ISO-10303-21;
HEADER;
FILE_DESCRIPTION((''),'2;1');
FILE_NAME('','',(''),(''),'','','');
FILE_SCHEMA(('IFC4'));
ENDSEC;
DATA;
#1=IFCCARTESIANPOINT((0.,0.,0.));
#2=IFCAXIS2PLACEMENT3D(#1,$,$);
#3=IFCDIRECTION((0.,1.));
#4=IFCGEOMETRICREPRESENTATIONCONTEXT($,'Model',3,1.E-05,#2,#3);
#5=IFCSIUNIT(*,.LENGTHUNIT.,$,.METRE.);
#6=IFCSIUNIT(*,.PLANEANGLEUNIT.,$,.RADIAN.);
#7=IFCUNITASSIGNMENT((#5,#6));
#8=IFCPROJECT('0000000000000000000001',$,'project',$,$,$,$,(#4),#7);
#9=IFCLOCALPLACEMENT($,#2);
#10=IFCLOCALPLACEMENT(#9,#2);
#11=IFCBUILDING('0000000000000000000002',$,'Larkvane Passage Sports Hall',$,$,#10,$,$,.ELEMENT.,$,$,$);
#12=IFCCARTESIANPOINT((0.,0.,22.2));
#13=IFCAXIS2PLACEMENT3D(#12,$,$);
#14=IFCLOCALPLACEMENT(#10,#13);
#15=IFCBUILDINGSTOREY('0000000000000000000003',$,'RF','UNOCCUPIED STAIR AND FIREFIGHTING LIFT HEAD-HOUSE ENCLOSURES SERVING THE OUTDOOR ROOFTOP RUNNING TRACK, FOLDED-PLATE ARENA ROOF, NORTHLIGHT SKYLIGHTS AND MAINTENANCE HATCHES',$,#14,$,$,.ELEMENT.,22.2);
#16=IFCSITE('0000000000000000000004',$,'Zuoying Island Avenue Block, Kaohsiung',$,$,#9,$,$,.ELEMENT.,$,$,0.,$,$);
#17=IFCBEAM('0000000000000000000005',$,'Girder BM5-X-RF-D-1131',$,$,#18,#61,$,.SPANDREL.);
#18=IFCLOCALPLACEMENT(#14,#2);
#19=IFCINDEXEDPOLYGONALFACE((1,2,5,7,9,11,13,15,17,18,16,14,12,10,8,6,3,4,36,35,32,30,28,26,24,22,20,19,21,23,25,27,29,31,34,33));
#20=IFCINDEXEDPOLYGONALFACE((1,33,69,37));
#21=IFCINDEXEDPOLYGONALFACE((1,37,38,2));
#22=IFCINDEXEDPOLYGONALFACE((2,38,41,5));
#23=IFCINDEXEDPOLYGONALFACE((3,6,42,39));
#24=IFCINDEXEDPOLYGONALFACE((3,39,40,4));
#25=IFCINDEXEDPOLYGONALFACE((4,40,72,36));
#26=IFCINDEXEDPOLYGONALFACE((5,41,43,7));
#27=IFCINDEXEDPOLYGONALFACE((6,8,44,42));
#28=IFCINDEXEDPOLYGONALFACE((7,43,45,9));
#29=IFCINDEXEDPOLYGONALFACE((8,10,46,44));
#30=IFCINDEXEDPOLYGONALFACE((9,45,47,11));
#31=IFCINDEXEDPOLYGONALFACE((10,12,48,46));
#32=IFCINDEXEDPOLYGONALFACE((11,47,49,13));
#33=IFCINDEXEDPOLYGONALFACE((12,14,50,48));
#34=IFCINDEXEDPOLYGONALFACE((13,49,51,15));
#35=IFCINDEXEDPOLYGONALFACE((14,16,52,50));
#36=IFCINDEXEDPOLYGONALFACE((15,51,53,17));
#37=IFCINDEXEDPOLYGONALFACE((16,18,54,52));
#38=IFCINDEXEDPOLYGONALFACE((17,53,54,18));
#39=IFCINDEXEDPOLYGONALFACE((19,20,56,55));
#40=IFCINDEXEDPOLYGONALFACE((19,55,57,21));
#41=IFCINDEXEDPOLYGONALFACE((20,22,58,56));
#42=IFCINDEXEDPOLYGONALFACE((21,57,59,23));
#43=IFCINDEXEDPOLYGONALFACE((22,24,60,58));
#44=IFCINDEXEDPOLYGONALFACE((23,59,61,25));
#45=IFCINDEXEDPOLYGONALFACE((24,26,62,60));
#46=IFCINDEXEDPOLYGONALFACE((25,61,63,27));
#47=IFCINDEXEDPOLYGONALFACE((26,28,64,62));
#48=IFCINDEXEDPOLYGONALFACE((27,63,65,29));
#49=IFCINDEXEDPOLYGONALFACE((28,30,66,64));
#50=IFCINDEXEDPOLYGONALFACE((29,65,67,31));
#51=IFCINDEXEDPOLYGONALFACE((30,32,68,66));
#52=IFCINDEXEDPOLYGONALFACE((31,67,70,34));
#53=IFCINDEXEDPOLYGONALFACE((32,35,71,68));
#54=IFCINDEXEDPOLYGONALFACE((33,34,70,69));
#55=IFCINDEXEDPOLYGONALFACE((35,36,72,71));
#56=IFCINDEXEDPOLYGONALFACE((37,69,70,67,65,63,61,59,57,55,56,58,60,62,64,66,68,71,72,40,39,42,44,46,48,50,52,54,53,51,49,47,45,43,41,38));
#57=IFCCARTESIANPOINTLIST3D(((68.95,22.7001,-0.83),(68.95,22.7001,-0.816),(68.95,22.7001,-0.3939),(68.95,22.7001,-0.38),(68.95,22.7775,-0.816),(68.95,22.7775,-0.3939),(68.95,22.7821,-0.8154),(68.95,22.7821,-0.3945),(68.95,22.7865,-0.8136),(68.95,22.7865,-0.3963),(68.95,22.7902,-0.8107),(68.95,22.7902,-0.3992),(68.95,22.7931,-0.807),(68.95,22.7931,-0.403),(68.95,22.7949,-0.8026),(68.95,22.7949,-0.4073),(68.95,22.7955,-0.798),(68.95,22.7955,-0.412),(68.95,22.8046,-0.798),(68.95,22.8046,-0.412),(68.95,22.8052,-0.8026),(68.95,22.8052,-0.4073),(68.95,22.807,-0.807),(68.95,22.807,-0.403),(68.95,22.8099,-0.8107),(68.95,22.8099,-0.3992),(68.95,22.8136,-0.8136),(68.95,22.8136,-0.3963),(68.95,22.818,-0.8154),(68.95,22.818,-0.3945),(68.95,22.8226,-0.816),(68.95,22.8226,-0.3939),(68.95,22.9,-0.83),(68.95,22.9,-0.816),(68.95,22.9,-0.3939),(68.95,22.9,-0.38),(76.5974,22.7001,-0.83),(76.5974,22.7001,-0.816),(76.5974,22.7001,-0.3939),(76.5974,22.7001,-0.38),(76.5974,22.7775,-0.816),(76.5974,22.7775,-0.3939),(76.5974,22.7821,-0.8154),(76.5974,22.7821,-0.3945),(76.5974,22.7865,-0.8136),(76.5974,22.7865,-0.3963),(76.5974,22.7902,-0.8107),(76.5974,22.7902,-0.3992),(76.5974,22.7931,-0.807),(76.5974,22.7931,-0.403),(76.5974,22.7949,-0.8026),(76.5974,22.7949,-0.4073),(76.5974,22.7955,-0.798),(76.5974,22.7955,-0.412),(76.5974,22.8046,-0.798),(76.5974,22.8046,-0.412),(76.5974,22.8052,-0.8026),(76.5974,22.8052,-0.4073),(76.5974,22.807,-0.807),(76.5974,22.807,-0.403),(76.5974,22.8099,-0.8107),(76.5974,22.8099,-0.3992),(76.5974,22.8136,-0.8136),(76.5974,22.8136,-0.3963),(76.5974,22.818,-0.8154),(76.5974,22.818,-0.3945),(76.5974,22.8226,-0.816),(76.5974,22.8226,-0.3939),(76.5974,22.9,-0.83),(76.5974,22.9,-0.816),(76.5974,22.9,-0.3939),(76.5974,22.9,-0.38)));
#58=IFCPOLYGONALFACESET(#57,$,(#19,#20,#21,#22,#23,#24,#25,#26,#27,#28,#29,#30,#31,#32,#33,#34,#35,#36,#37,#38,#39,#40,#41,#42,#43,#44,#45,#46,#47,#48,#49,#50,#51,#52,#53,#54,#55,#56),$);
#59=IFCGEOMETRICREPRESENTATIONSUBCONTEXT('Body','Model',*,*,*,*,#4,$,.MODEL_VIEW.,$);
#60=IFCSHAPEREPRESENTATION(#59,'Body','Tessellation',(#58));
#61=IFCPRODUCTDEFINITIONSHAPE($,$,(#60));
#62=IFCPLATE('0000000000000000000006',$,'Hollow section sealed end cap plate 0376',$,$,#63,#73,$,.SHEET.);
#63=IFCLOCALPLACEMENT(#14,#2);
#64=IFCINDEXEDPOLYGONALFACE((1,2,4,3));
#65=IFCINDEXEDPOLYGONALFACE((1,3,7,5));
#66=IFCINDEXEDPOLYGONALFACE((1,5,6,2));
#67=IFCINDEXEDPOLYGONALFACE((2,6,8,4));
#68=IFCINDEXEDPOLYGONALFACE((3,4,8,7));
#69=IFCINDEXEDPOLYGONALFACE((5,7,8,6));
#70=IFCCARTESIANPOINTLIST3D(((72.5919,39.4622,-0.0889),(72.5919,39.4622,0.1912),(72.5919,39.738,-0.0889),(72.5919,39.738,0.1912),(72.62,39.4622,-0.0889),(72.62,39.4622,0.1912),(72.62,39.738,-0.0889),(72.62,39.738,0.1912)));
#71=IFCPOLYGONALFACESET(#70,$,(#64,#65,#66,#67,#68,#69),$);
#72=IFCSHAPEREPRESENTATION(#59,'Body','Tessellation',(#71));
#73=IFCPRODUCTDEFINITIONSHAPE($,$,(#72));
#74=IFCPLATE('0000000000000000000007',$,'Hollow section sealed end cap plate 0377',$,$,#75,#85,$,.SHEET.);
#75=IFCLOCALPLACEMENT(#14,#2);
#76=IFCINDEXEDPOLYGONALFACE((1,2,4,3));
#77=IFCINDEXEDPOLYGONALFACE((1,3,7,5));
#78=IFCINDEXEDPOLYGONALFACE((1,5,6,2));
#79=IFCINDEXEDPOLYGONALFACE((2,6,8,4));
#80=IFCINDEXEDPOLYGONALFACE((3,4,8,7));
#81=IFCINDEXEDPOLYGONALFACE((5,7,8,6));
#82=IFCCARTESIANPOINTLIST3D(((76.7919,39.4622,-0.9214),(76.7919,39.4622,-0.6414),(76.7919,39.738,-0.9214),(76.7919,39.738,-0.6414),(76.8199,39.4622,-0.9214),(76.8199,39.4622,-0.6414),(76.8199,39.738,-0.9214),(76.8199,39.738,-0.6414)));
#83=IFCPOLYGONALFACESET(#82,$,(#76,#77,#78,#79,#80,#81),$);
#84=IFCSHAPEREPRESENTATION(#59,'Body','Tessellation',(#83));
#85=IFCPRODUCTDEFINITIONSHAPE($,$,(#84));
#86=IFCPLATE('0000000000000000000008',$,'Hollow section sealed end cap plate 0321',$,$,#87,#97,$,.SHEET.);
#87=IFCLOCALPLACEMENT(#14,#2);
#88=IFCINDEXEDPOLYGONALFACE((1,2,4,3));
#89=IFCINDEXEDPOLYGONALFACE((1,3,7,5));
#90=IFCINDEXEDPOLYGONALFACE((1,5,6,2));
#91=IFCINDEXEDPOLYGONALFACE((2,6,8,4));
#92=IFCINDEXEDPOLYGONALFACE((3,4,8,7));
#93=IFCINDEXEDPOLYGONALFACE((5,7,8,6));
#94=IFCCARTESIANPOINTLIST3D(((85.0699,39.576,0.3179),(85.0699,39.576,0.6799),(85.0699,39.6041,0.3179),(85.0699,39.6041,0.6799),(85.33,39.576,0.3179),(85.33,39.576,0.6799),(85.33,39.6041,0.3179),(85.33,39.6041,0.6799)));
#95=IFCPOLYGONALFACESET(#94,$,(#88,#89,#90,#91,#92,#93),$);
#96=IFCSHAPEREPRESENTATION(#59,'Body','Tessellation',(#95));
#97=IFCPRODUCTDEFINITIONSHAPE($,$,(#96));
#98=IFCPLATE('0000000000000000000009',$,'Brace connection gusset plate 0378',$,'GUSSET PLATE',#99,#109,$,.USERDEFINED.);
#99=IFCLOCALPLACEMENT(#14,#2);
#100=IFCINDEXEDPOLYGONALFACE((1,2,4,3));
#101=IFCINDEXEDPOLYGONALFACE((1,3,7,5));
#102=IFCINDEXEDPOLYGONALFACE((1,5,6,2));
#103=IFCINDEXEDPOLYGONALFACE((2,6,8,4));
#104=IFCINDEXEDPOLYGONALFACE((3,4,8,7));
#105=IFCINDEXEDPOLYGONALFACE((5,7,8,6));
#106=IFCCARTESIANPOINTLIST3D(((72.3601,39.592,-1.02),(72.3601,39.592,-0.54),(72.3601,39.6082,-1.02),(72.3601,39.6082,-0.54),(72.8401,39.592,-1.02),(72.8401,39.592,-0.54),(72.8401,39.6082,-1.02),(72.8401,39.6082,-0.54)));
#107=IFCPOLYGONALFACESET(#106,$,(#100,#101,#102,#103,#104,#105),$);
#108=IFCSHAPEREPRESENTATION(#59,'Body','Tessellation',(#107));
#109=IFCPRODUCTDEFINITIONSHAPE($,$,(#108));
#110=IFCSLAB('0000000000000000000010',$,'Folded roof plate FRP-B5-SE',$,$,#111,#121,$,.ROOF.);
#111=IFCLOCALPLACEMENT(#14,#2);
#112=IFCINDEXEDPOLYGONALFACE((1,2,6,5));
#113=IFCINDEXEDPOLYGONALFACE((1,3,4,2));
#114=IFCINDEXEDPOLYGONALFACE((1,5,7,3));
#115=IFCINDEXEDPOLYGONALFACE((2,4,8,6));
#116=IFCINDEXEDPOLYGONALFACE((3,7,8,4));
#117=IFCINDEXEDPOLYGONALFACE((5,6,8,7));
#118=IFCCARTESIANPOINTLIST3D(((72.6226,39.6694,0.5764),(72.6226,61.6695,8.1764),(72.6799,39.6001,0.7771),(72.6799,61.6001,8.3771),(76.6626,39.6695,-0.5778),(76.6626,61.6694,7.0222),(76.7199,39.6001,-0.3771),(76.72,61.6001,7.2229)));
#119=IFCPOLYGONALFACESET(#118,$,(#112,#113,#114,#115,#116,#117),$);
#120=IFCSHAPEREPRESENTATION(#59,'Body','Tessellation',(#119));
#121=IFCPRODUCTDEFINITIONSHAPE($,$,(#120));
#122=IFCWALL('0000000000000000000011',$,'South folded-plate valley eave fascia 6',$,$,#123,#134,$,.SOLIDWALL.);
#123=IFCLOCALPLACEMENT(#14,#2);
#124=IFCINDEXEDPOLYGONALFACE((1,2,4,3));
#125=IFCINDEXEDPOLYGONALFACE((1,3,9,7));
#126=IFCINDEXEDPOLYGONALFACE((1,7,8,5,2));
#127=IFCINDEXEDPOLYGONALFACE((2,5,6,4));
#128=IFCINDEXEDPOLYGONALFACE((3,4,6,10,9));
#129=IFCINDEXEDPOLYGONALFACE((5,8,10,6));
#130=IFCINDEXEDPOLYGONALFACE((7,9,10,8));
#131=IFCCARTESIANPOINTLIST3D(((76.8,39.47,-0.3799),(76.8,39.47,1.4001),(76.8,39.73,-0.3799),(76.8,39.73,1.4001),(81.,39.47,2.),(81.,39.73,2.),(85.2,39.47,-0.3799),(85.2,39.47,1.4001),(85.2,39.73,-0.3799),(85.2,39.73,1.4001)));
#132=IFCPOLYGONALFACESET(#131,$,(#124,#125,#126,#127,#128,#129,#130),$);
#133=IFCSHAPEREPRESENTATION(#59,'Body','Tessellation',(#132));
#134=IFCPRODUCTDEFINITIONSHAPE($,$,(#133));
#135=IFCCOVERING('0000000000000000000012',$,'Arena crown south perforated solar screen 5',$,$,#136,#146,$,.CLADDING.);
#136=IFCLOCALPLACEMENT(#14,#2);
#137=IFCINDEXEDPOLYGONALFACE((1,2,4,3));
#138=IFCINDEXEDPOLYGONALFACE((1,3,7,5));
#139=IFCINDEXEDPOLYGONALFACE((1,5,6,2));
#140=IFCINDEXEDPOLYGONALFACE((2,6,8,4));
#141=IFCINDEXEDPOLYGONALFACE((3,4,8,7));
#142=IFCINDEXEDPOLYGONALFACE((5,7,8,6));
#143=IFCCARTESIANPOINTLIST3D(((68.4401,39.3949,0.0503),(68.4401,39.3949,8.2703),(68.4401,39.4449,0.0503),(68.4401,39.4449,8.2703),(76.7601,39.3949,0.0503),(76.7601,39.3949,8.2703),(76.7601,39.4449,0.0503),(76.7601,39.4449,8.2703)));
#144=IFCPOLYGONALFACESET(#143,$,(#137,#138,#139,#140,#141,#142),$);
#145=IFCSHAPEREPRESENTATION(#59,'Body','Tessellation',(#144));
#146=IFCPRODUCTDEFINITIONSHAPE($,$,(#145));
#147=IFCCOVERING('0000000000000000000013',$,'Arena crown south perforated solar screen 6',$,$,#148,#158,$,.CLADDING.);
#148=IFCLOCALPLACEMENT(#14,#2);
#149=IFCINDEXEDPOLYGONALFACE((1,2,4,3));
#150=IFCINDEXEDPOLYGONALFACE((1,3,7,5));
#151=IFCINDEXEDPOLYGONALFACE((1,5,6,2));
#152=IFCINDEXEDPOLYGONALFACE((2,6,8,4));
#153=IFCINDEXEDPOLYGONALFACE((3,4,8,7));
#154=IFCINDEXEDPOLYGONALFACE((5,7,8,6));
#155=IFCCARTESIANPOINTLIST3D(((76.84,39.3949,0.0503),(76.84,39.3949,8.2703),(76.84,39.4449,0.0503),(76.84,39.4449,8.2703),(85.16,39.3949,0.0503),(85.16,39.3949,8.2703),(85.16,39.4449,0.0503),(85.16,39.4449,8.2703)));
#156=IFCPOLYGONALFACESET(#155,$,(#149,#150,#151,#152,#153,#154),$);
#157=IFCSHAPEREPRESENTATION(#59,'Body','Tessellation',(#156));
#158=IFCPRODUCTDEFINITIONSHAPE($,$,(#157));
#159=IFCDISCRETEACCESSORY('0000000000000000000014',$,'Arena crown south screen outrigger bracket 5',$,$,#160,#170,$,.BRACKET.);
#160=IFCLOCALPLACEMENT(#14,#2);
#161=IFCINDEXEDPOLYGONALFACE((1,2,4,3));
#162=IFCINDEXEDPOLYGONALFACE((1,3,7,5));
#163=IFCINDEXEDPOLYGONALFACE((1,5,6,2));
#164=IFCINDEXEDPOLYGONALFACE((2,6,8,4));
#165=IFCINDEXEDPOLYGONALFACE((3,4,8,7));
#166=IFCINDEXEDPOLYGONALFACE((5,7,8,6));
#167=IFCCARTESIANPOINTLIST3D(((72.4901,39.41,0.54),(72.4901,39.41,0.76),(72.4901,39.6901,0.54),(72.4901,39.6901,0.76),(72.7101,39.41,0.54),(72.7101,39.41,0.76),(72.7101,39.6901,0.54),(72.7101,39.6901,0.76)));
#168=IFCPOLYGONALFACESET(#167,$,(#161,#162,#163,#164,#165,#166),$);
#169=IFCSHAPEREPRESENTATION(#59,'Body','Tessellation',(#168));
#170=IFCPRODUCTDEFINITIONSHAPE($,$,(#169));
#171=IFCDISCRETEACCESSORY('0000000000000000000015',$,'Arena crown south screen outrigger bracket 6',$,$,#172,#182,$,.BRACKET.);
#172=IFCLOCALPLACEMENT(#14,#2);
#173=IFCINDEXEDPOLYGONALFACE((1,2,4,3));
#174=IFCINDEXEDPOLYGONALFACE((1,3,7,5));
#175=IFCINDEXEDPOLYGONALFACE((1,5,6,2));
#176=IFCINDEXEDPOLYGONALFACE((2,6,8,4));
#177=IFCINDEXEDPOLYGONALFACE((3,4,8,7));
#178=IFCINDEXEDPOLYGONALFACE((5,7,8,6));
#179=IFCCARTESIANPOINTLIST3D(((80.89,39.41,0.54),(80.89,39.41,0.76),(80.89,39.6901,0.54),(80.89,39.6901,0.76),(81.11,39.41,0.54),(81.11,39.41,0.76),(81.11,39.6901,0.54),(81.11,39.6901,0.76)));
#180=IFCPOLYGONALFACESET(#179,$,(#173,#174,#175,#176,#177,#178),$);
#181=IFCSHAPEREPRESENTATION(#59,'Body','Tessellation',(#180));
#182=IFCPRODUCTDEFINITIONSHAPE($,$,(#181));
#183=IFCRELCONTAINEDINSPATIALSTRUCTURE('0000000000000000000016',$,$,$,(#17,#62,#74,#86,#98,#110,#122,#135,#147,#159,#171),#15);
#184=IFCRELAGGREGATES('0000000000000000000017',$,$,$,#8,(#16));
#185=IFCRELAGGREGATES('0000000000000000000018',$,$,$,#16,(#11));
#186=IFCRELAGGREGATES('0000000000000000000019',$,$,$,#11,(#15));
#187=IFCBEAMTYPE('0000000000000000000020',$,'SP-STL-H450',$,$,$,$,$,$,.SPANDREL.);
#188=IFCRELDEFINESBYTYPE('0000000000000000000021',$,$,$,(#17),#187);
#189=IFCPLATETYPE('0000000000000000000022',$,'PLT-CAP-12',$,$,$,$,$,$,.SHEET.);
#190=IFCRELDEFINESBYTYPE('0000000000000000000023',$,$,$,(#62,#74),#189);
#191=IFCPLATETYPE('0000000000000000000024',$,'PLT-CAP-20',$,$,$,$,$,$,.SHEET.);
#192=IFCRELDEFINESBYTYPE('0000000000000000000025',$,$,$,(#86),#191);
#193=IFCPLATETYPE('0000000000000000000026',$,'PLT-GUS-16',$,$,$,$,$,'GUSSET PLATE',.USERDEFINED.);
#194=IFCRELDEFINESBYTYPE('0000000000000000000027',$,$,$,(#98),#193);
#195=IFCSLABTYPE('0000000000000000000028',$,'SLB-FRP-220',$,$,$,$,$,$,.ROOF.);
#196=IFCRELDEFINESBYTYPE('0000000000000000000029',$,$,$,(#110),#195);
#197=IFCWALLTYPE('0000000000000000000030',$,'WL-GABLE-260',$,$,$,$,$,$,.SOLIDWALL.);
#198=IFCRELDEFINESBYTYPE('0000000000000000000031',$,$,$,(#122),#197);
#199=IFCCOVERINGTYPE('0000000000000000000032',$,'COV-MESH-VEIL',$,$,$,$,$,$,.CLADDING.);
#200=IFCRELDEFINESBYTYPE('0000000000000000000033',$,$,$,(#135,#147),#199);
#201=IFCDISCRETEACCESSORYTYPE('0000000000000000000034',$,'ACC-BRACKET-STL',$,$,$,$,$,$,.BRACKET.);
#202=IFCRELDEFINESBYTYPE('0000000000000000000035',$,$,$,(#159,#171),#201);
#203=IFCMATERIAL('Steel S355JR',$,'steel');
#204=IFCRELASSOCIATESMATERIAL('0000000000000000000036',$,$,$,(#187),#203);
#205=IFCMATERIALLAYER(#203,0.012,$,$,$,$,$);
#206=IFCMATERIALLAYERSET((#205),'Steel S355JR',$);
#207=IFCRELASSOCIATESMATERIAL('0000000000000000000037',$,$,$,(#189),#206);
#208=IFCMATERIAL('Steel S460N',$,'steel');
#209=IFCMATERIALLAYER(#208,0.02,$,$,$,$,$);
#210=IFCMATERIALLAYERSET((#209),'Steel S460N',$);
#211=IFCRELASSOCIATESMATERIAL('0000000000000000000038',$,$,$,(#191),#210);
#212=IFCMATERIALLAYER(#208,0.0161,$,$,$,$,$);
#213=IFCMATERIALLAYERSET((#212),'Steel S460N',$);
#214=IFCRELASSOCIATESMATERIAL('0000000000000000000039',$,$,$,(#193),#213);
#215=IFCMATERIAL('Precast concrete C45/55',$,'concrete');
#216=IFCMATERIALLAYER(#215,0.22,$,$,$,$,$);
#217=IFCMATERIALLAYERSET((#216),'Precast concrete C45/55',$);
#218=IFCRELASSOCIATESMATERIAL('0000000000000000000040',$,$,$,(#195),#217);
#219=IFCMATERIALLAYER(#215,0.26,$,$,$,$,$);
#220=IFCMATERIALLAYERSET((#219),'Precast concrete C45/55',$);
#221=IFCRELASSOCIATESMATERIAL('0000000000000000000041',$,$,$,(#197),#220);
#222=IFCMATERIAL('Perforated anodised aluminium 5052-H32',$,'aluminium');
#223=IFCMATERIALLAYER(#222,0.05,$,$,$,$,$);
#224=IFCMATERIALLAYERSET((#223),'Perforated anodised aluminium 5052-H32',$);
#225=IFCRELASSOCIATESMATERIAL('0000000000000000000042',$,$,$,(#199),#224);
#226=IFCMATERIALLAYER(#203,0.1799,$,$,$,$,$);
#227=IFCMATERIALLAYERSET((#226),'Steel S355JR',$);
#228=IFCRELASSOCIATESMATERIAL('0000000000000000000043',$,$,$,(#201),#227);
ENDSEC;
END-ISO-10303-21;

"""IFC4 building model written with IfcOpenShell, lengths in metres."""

from ifc_helpers import new_model, si_unit, direction, frame, origin, origin_2d, place, context, subcontext, project, spatial, polyline, rectangle, i_section, outline, extrude, material, layer, layer_set, material_profile, profile_set, type_object, element, save


model = new_model("IFC4")

# Units and contexts
model_context = context("Model", 3, precision=1e-05, world=origin(), true_north=direction((0.0, 1.0)))
body_context = subcontext(model_context, "Body", "Model", "MODEL_VIEW")
ifc_project = project(units=[si_unit("LENGTHUNIT", "METRE"), si_unit("PLANEANGLEUNIT", "RADIAN")], contexts=[model_context])

# Site, building, storey
site_placement = place(None, origin())
site = spatial("IfcSite", under=ifc_project, at=site_placement, Name="Zuoying Island Avenue Block, Kaohsiung", CompositionType="ELEMENT", RefElevation=0.0)
building_placement = place(site_placement, origin())
building = spatial("IfcBuilding", under=site, at=building_placement, Name="Larkvane Passage Sports Hall", CompositionType="ELEMENT")
storey_placement = place(building_placement, frame((0.0, 0.0, 22.2)))
storey = spatial("IfcBuildingStorey", under=building, at=storey_placement, Name="RF", Description="UNOCCUPIED STAIR AND FIREFIGHTING LIFT HEAD-HOUSE ENCLOSURES SERVING THE OUTDOOR ROOFTOP RUNNING TRACK, FOLDED-PLATE ARENA ROOF, NORTHLIGHT SKYLIGHTS AND MAINTENANCE HATCHES", CompositionType="ELEMENT", Elevation=22.2)

# Shared definitions
ifc_material_1 = material(Name="Steel S460N", Category="steel")
ifc_material_2 = material(Name="Steel S355JR", Category="steel")

# Beam
ifc_material_profile_1 = material_profile(ifc_material_2, i_section(OverallWidth=0.2, OverallDepth=0.45, WebThickness=0.009, FlangeThickness=0.0139, FilletRadius=0.0181, at=origin_2d()), Name="H-450x200x9x14")
ifc_profile_set_1 = profile_set([ifc_material_profile_1], Name="Steel S355JR")
beam_type_1 = type_object("IfcBeamType", Name="SP-STL-H450", PredefinedType="SPANDREL", material=ifc_profile_set_1)
beam_1_placement = place(storey_placement, frame((68.95, 22.8, -0.605), z_axis=(1.0, 0.0, 0.0), x_axis=(0.0, 1.0, 0.0)))
element("IfcBeam", 1, at=beam_1_placement, inside=storey, type_object=beam_type_1, Name="Girder BM5-X-RF-D-1131", PredefinedType="SPANDREL", context=body_context, shape_type="SweptSolid", body=[
    extrude(i_section(OverallWidth=0.2, OverallDepth=0.45, WebThickness=0.009, FlangeThickness=0.0139, FilletRadius=0.0181, at=origin_2d()), origin(), (0.0, 0.0, 1.0), 7.6475),
])

# Plates
ifc_layer_1 = layer(ifc_material_2, 0.012)
ifc_layer_set_1 = layer_set([ifc_layer_1], Name="Steel S355JR")
plate_type_1 = type_object("IfcPlateType", Name="PLT-CAP-12", PredefinedType="SHEET", material=ifc_layer_set_1)
for number, where, z_axis, x_axis, name in (
    (2, (72.606, 39.6001, -0.0889), (0.0, 0.0, 1.0), (0.0, 1.0, 0.0), "Hollow section sealed end cap plate 0376"),
    (3, (76.8059, 39.6001, -0.9214), (0.0, 0.0, 1.0), (0.0, 1.0, 0.0), "Hollow section sealed end cap plate 0377"),
):
    element("IfcPlate", number, at=place(storey_placement, frame(where, z_axis=z_axis, x_axis=x_axis)), inside=storey, type_object=plate_type_1, Name=name, PredefinedType="SHEET", context=body_context, shape_type="SweptSolid", body=[
        extrude(rectangle(XDim=0.2759, YDim=0.0281, at=origin_2d()), origin(), (0.0, 0.0, 1.0), 0.28),
    ])
ifc_layer_2 = layer(ifc_material_1, 0.02)
ifc_layer_set_2 = layer_set([ifc_layer_2], Name="Steel S460N")
plate_type_2 = type_object("IfcPlateType", Name="PLT-CAP-20", PredefinedType="SHEET", material=ifc_layer_set_2)
plate_1_placement = place(storey_placement, frame((85.2, 39.5901, 0.3179), z_axis=(0.0, 0.0, 1.0), x_axis=(-1.0, 0.0, 0.0)))
element("IfcPlate", 4, at=plate_1_placement, inside=storey, type_object=plate_type_2, Name="Hollow section sealed end cap plate 0321", PredefinedType="SHEET", context=body_context, shape_type="SweptSolid", body=[
    extrude(rectangle(XDim=0.26, YDim=0.0281, at=origin_2d()), origin(), (0.0, 0.0, 1.0), 0.3621),
])
ifc_layer_3 = layer(ifc_material_1, 0.0161)
ifc_layer_set_3 = layer_set([ifc_layer_3], Name="Steel S460N")
plate_type_3 = type_object("IfcPlateType", Name="PLT-GUS-16", ElementType="GUSSET PLATE", PredefinedType="USERDEFINED", material=ifc_layer_set_3)
plate_2_placement = place(storey_placement, frame((72.6001, 39.6001, -1.02), z_axis=(0.0, 0.0, 1.0), x_axis=(1.0, 0.0, 0.0)))
element("IfcPlate", 5, at=plate_2_placement, inside=storey, type_object=plate_type_3, Name="Brace connection gusset plate 0378", ObjectType="GUSSET PLATE", PredefinedType="USERDEFINED", context=body_context, shape_type="SweptSolid", body=[
    extrude(rectangle(XDim=0.48, YDim=0.0161, at=origin_2d()), origin(), (0.0, 0.0, 1.0), 0.48),
])

# Slab
ifc_material_3 = material(Name="Precast concrete C45/55", Category="concrete")
ifc_layer_4 = layer(ifc_material_3, 0.22)
ifc_layer_set_4 = layer_set([ifc_layer_4], Name="Precast concrete C45/55")
slab_type = type_object("IfcSlabType", Name="SLB-FRP-220", PredefinedType="ROOF", material=ifc_layer_set_4)
slab_placement = place(storey_placement, frame((72.6799, 39.6001, 0.7771), z_axis=(0.260689, -0.315229, 0.912508), x_axis=(0.961532, 0.000008, -0.274692)))
element("IfcSlab", 6, at=slab_placement, inside=storey, type_object=slab_type, Name="Folded roof plate FRP-B5-SE", PredefinedType="ROOF", context=body_context, shape_type="SweptSolid", body=[
    extrude(outline(polyline([(0.0, 0.0), (4.2016, 0.0), (2.1142, 23.1819), (-2.0875, 23.182), (0.0, 0.0)])), origin(), (0.0, 0.0, -1.0), 0.22),
])

# Wall
ifc_layer_5 = layer(ifc_material_3, 0.26)
ifc_layer_set_5 = layer_set([ifc_layer_5], Name="Precast concrete C45/55")
wall_type = type_object("IfcWallType", Name="WL-GABLE-260", PredefinedType="SOLIDWALL", material=ifc_layer_set_5)
wall_placement = place(storey_placement, frame((76.8, 39.6001, -0.3799), z_axis=(0.0, 0.0, 1.0), x_axis=(1.0, 0.0, 0.0)))
element("IfcWall", 7, at=wall_placement, inside=storey, type_object=wall_type, Name="South folded-plate valley eave fascia 6", PredefinedType="SOLIDWALL", context=body_context, shape_type="SweptSolid", body=[
    extrude(outline(polyline([(0.0, 0.0), (8.3999, 0.0), (8.3999, 1.78), (4.2, 2.3799), (0.0, 1.78), (0.0, 0.0)])), frame((0.0, 0.1299, 0.0), z_axis=(0.0, -1.0, 0.0), x_axis=(1.0, 0.0, 0.0)), (0.0, 0.0, 1.0), 0.26),
])

# Coverings
ifc_material_4 = material(Name="Perforated anodised aluminium 5052-H32", Category="aluminium")
ifc_layer_6 = layer(ifc_material_4, 0.05)
ifc_layer_set_6 = layer_set([ifc_layer_6], Name="Perforated anodised aluminium 5052-H32")
covering_type = type_object("IfcCoveringType", Name="COV-MESH-VEIL", PredefinedType="CLADDING", material=ifc_layer_set_6)
for number, where, z_axis, x_axis, name in (
    (8, (72.6001, 39.4199, 0.0503), (0.0, 0.0, 1.0), (1.0, 0.0, 0.0), "Arena crown south perforated solar screen 5"),
    (9, (81.0, 39.4199, 0.0503), (0.0, 0.0, 1.0), (1.0, 0.0, 0.0), "Arena crown south perforated solar screen 6"),
):
    element("IfcCovering", number, at=place(storey_placement, frame(where, z_axis=z_axis, x_axis=x_axis)), inside=storey, type_object=covering_type, Name=name, PredefinedType="CLADDING", context=body_context, shape_type="SweptSolid", body=[
        extrude(rectangle(XDim=8.3201, YDim=0.05, at=origin_2d()), origin(), (0.0, 0.0, 1.0), 8.22),
    ])

# Discrete accessories
ifc_layer_7 = layer(ifc_material_2, 0.1799)
ifc_layer_set_7 = layer_set([ifc_layer_7], Name="Steel S355JR")
discrete_accessory_type = type_object("IfcDiscreteAccessoryType", Name="ACC-BRACKET-STL", PredefinedType="BRACKET", material=ifc_layer_set_7)
for number, where, z_axis, x_axis, name in (
    (10, (72.6001, 39.55, 0.54), (0.0, 0.0, 1.0), (1.0, 0.0, 0.0), "Arena crown south screen outrigger bracket 5"),
    (11, (81.0, 39.55, 0.54), (0.0, 0.0, 1.0), (1.0, 0.0, 0.0), "Arena crown south screen outrigger bracket 6"),
):
    element("IfcDiscreteAccessory", number, at=place(storey_placement, frame(where, z_axis=z_axis, x_axis=x_axis)), inside=storey, type_object=discrete_accessory_type, Name=name, PredefinedType="BRACKET", context=body_context, shape_type="SweptSolid", body=[
        extrude(rectangle(XDim=0.22, YDim=0.28, at=origin_2d()), origin(), (0.0, 0.0, 1.0), 0.22),
    ])

save(model, "model.ifc")
